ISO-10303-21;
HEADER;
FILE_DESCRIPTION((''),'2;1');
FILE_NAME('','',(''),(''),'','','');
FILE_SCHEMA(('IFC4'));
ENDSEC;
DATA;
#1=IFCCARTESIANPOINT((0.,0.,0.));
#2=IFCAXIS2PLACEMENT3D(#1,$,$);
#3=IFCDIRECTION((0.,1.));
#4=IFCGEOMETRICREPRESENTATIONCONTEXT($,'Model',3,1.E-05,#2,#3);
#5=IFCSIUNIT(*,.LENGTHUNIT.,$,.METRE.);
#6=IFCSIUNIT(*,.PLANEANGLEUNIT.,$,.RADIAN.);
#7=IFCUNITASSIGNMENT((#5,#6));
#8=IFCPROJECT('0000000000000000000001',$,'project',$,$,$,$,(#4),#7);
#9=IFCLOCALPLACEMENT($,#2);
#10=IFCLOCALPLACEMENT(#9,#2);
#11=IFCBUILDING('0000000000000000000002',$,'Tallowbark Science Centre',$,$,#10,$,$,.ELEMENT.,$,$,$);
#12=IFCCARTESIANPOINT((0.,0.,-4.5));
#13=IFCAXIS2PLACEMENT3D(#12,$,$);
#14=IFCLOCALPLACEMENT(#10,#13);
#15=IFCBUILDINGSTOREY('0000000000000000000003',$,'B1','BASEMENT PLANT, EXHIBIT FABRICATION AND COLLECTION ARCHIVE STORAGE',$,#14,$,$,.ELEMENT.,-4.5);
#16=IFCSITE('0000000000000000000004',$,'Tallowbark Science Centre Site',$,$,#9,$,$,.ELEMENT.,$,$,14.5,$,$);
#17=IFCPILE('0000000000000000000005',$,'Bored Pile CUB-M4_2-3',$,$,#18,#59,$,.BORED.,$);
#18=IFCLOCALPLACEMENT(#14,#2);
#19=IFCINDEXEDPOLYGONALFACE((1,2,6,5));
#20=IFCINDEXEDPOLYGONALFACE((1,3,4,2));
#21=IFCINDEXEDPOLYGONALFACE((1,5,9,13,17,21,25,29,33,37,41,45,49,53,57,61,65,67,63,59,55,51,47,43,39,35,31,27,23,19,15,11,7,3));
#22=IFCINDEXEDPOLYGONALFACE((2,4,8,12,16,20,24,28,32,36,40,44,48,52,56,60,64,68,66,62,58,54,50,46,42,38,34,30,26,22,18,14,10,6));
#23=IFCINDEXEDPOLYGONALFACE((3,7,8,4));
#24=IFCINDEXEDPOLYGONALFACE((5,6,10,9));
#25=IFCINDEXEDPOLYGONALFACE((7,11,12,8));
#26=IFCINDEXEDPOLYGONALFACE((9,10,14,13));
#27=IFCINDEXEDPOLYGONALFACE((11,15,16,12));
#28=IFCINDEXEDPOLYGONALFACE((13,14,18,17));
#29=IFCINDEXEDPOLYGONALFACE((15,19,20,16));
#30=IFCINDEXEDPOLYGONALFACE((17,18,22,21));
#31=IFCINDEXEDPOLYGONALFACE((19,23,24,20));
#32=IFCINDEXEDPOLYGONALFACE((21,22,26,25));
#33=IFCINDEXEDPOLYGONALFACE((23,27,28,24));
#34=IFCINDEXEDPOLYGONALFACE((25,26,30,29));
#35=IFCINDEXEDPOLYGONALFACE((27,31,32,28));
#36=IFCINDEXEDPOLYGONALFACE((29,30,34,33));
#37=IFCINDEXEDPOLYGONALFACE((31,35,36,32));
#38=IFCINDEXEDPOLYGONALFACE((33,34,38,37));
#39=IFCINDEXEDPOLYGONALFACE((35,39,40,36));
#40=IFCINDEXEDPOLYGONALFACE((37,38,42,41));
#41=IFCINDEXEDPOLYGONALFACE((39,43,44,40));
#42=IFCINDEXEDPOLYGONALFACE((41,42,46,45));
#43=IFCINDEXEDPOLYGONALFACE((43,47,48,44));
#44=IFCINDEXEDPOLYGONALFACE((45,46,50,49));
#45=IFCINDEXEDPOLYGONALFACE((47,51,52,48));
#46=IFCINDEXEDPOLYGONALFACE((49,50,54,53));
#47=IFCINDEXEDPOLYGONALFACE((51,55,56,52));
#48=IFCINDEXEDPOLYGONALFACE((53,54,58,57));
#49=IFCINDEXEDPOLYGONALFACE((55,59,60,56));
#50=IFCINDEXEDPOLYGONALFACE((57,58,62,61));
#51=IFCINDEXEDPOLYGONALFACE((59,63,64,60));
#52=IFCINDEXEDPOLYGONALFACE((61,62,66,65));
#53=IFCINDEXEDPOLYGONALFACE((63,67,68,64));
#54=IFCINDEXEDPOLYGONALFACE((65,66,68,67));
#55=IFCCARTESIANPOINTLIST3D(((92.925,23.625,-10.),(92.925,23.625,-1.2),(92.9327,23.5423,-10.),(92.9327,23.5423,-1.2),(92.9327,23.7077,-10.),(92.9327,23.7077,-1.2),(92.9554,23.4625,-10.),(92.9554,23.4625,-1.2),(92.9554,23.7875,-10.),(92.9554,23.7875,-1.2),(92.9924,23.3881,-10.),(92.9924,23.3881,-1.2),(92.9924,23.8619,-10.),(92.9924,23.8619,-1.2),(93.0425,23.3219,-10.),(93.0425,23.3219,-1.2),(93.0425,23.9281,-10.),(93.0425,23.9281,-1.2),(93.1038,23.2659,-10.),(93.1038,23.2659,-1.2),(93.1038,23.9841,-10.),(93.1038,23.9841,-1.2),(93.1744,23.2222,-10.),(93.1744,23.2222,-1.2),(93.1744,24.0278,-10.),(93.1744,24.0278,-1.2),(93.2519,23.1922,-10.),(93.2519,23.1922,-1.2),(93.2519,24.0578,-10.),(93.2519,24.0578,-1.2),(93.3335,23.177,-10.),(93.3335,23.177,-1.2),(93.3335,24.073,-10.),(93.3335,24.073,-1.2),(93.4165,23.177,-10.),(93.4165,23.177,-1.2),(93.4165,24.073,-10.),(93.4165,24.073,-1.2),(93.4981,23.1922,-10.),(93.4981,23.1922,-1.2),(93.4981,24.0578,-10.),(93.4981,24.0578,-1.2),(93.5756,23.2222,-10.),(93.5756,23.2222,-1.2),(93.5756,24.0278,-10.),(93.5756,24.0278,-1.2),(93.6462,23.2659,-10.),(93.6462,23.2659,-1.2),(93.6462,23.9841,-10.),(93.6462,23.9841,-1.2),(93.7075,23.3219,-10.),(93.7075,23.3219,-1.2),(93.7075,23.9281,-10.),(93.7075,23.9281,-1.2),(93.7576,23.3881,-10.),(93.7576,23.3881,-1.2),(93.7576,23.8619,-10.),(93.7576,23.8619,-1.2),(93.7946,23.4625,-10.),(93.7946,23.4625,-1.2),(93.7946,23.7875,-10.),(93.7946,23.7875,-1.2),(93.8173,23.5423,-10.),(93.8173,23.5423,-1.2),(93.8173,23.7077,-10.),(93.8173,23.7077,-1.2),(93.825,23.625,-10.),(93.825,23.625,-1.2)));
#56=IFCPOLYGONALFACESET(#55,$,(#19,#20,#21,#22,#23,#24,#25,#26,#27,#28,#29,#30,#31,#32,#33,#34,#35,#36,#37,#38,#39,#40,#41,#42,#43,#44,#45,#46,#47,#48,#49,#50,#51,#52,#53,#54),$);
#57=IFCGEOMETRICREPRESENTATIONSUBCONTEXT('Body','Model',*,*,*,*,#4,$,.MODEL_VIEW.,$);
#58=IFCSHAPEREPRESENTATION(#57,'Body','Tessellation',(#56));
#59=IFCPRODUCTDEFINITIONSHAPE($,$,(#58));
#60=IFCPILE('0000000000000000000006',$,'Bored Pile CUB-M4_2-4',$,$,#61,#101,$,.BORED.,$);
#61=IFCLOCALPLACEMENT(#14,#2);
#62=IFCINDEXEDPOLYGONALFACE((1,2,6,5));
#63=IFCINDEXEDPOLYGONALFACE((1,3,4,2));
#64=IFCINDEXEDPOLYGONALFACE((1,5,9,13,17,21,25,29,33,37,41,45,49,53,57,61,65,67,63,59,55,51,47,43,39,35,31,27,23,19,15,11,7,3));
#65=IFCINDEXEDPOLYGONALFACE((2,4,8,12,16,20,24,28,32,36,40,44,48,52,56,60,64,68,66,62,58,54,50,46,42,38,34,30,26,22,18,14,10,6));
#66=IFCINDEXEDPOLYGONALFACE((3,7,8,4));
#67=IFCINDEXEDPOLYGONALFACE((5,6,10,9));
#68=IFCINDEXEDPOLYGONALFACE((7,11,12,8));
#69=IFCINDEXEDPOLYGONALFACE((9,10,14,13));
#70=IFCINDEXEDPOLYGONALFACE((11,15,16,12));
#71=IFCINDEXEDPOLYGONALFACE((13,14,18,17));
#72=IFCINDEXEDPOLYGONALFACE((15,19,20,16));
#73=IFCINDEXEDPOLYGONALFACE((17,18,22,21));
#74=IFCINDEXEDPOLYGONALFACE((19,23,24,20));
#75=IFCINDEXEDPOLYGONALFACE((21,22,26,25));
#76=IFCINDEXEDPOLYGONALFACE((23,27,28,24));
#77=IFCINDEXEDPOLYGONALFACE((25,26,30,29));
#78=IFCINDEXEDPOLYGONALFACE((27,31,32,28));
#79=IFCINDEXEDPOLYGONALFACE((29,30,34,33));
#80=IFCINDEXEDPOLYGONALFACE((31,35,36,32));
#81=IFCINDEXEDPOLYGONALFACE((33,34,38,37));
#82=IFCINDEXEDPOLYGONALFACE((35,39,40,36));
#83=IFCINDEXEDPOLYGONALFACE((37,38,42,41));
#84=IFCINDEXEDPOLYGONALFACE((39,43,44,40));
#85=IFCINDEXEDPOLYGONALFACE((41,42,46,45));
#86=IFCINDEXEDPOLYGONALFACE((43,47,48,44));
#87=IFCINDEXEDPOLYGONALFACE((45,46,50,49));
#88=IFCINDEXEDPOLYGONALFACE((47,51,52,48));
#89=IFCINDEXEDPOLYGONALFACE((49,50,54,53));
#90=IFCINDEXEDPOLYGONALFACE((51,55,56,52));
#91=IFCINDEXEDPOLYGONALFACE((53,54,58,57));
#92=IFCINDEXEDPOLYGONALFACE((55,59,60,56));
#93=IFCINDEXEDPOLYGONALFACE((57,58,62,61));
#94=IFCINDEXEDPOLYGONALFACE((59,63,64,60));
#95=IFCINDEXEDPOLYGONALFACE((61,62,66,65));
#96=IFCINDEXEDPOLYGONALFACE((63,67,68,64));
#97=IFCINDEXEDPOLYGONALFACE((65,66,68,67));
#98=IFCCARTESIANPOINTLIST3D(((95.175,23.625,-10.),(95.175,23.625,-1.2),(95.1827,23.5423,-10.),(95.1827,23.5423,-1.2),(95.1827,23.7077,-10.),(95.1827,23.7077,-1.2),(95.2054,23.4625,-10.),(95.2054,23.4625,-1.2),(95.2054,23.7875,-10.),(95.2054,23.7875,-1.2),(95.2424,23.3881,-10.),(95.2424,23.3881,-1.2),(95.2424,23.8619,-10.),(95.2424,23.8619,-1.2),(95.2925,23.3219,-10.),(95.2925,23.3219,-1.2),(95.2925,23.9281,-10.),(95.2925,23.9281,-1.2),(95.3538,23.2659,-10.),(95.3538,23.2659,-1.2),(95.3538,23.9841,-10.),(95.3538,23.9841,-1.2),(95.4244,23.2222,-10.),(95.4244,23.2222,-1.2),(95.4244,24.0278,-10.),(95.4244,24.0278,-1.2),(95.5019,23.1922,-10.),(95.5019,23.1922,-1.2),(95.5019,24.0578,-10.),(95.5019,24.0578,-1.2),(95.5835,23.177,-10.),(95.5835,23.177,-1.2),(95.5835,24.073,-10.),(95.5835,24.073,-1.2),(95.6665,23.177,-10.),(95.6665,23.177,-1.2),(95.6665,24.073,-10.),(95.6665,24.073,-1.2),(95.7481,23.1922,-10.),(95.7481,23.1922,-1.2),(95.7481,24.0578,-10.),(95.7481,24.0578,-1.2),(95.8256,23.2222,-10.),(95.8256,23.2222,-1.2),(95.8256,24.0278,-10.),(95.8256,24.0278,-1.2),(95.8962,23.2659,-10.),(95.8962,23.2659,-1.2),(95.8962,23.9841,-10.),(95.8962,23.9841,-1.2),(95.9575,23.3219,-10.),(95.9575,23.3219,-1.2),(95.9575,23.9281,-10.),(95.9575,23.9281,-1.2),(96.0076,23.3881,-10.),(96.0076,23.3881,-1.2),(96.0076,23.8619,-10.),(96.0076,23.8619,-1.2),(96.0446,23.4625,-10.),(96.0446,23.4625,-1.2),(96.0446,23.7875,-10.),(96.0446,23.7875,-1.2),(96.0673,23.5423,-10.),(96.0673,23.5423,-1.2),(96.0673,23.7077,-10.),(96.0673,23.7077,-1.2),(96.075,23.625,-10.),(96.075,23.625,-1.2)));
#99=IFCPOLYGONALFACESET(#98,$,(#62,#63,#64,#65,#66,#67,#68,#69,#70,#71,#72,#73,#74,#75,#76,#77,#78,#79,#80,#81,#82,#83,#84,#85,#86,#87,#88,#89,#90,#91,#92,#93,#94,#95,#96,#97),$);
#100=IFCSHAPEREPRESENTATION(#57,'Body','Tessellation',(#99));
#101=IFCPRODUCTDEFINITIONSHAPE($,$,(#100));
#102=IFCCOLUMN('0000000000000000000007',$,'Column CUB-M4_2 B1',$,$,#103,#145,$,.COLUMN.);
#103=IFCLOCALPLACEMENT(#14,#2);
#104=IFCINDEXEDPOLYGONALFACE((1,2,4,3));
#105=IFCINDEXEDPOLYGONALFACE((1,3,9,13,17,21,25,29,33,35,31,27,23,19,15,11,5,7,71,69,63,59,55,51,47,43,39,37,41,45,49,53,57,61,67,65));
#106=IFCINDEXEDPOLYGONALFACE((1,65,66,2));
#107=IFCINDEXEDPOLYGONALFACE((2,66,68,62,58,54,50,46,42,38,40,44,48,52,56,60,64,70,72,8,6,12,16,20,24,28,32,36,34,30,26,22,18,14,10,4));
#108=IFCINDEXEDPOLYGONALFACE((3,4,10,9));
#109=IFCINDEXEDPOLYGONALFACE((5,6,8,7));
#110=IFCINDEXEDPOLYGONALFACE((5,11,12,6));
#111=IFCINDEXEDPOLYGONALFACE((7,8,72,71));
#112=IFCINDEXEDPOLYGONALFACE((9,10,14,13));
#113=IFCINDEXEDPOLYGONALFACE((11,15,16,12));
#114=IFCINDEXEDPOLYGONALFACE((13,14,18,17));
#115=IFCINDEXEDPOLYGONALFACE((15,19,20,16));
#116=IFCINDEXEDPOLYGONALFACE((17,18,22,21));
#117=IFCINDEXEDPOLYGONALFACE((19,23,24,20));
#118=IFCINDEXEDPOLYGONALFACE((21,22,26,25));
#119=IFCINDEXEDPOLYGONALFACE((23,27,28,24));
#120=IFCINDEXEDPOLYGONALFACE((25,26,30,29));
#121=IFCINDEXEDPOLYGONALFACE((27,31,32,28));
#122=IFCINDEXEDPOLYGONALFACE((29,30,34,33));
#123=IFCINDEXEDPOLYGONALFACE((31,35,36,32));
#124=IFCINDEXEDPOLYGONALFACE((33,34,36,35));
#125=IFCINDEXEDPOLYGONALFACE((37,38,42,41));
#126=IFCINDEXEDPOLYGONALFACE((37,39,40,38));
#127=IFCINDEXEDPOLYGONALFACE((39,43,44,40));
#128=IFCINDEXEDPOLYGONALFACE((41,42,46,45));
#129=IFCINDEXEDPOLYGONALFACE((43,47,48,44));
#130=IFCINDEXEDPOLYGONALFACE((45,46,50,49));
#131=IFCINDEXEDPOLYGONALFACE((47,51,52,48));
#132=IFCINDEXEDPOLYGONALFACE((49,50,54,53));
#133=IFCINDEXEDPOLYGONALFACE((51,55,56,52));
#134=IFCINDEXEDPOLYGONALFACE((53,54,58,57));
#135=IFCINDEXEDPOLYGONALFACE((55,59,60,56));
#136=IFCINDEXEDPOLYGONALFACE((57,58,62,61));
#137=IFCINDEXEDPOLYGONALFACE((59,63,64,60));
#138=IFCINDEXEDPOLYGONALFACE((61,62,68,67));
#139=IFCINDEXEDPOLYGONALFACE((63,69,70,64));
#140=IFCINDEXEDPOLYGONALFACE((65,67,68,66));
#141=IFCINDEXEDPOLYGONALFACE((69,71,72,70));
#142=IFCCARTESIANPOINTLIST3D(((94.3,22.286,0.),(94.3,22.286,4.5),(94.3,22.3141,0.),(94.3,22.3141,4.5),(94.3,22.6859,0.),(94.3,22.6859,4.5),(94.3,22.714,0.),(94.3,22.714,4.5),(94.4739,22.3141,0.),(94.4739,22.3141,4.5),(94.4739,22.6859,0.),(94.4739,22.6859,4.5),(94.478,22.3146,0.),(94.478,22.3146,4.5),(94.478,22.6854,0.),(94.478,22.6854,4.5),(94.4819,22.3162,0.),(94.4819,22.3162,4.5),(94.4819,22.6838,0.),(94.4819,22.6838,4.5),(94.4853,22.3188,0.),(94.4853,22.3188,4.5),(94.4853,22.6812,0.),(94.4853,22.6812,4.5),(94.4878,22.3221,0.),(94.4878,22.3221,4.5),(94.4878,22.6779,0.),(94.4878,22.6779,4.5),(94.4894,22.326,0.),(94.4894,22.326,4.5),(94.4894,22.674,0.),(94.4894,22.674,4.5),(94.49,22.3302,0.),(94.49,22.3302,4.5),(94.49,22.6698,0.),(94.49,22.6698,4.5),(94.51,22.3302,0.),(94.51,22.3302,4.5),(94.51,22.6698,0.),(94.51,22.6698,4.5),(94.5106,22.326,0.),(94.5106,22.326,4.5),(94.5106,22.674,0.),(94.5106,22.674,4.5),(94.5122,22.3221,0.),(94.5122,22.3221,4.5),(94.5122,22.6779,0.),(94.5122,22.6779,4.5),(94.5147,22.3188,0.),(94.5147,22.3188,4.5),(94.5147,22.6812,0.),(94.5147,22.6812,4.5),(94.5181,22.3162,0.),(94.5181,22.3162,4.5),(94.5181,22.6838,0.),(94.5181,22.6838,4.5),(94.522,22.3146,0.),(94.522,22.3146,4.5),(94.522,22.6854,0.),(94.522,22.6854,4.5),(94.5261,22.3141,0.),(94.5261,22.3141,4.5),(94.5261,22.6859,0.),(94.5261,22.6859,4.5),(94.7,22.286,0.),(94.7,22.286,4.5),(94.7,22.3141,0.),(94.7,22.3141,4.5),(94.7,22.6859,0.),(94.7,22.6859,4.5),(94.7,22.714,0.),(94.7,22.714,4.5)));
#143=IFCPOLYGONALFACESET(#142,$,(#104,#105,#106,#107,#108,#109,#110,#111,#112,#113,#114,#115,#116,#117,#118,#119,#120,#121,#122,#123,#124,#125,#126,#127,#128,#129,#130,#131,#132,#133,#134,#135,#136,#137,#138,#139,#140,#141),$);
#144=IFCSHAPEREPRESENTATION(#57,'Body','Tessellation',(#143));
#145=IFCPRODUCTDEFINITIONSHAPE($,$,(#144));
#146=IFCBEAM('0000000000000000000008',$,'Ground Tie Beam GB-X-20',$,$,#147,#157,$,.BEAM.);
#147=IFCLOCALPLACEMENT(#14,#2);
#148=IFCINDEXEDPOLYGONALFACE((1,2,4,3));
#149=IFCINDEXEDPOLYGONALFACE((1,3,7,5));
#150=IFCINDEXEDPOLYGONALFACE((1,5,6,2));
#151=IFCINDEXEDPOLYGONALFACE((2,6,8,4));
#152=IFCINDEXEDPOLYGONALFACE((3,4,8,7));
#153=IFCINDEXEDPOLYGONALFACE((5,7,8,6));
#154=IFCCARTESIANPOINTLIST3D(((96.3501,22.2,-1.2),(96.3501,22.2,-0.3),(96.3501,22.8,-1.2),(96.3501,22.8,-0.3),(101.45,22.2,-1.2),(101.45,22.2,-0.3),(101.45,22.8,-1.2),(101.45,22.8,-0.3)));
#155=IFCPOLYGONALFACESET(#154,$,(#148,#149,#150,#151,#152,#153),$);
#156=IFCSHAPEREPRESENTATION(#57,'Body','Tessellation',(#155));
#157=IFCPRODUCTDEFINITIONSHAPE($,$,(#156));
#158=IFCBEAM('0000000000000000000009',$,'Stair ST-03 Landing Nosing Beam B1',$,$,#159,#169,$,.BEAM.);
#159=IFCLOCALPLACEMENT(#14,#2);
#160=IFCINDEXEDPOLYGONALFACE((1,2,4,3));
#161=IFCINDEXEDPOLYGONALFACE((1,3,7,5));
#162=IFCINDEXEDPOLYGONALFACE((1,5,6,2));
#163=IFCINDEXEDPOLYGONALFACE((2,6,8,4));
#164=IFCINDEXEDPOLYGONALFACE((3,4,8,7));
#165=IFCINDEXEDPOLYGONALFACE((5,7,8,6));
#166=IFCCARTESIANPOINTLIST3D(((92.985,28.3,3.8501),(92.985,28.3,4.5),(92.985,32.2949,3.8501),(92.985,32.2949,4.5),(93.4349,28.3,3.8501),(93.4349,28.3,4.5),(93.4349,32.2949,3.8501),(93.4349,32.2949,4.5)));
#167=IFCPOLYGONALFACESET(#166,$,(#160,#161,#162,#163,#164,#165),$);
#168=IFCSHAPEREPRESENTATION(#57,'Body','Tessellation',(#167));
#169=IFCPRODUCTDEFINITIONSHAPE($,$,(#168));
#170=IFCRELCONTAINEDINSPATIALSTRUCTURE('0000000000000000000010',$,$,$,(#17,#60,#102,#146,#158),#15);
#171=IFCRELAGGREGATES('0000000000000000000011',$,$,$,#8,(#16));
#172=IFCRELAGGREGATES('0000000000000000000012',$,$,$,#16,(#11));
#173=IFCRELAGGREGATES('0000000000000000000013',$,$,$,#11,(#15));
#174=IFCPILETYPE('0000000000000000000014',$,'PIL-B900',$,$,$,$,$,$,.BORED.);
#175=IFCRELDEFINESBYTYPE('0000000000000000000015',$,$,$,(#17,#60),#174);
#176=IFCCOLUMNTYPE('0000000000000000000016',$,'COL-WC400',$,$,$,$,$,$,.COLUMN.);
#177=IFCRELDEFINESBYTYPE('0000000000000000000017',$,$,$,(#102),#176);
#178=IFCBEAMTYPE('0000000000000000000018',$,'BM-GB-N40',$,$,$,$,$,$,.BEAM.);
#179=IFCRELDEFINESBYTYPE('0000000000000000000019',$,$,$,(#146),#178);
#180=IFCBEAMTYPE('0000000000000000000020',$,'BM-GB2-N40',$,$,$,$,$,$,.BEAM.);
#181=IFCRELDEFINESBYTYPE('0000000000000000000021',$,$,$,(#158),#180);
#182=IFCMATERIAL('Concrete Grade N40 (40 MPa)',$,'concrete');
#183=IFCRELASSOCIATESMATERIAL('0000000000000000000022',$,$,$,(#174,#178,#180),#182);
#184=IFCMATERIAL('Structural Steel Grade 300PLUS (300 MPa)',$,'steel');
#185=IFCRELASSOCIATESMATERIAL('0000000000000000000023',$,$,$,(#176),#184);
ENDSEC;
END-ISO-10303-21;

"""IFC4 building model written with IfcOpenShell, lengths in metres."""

from ifc_helpers import new_model, si_unit, direction, frame, origin, origin_2d, place, context, subcontext, project, spatial, rectangle, circle, i_section, extrude, material, material_profile, profile_set, type_object, element, save


model = new_model("IFC4")

# Units and contexts
model_context = context("Model", 3, precision=1e-05, world=origin(), true_north=direction((0.0, 1.0)))
body_context = subcontext(model_context, "Body", "Model", "MODEL_VIEW")
ifc_project = project(units=[si_unit("LENGTHUNIT", "METRE"), si_unit("PLANEANGLEUNIT", "RADIAN")], contexts=[model_context])

# Site, building, storey
site_placement = place(None, origin())
site = spatial("IfcSite", under=ifc_project, at=site_placement, Name="Tallowbark Science Centre Site", CompositionType="ELEMENT", RefElevation=14.5)
building_placement = place(site_placement, origin())
building = spatial("IfcBuilding", under=site, at=building_placement, Name="Tallowbark Science Centre", CompositionType="ELEMENT")
storey_placement = place(building_placement, frame((0.0, 0.0, -4.5)))
storey = spatial("IfcBuildingStorey", under=building, at=storey_placement, Name="B1", Description="BASEMENT PLANT, EXHIBIT FABRICATION AND COLLECTION ARCHIVE STORAGE", CompositionType="ELEMENT", Elevation=-4.5)

# Shared definitions
ifc_material_1 = material(Name="Concrete Grade N40 (40 MPa)", Category="concrete")

# Piles
ifc_material_profile_1 = material_profile(ifc_material_1, circle(Radius=0.45, at=origin_2d()), Name="PILE900")
ifc_profile_set_1 = profile_set([ifc_material_profile_1], Name="Concrete Grade N40 (40 MPa)")
pile_type_1 = type_object("IfcPileType", Name="PIL-B900", PredefinedType="BORED", material=ifc_profile_set_1)
for number, where, z_axis, x_axis, name in (
    (1, (93.375, 23.625, -1.2), (0.0, 0.0, -1.0), (1.0, 0.0, 0.0), "Bored Pile CUB-M4_2-3"),
    (2, (95.625, 23.625, -1.2), (0.0, 0.0, -1.0), (1.0, 0.0, 0.0), "Bored Pile CUB-M4_2-4"),
):
    element("IfcPile", number, at=place(storey_placement, frame(where, z_axis=z_axis, x_axis=x_axis)), inside=storey, type_object=pile_type_1, Name=name, PredefinedType="BORED", context=body_context, shape_type="SweptSolid", body=[
        extrude(circle(Radius=0.45, at=origin_2d()), origin(), (0.0, 0.0, 1.0), 8.8),
    ])

# Column
ifc_material_2 = material(Name="Structural Steel Grade 300PLUS (300 MPa)", Category="steel")
ifc_material_profile_2 = material_profile(ifc_material_2, i_section(OverallWidth=0.3999, OverallDepth=0.428, WebThickness=0.02, FlangeThickness=0.0281, FilletRadius=0.0161, at=origin_2d()), Name="400WC270")
ifc_profile_set_2 = profile_set([ifc_material_profile_2], Name="Structural Steel Grade 300PLUS (300 MPa)")
column_type = type_object("IfcColumnType", Name="COL-WC400", PredefinedType="COLUMN", material=ifc_profile_set_2)
column_placement = place(storey_placement, frame((94.5, 22.5, 0.0), z_axis=(0.0, 0.0, 1.0), x_axis=(1.0, 0.0, 0.0)))
element("IfcColumn", 3, at=column_placement, inside=storey, type_object=column_type, Name="Column CUB-M4_2 B1", PredefinedType="COLUMN", context=body_context, shape_type="SweptSolid", body=[
    extrude(i_section(OverallWidth=0.3999, OverallDepth=0.428, WebThickness=0.02, FlangeThickness=0.0281, FilletRadius=0.0161, at=origin_2d()), origin(), (0.0, 0.0, 1.0), 4.5),
])

# Beams
ifc_material_profile_3 = material_profile(ifc_material_1, rectangle(XDim=0.6001, YDim=0.8999, at=origin_2d()), Name="RC600x900")
ifc_profile_set_3 = profile_set([ifc_material_profile_3], Name="Concrete Grade N40 (40 MPa)")
beam_type_1 = type_object("IfcBeamType", Name="BM-GB-N40", PredefinedType="BEAM", material=ifc_profile_set_3)
beam_1_placement = place(storey_placement, frame((96.3501, 22.5, -0.75), z_axis=(1.0, 0.0, 0.0), x_axis=(0.0, 1.0, 0.0)))
element("IfcBeam", 4, at=beam_1_placement, inside=storey, type_object=beam_type_1, Name="Ground Tie Beam GB-X-20", PredefinedType="BEAM", context=body_context, shape_type="SweptSolid", body=[
    extrude(rectangle(XDim=0.6001, YDim=0.8999, at=origin_2d()), origin(), (0.0, 0.0, 1.0), 5.0999),
])
ifc_material_profile_4 = material_profile(ifc_material_1, rectangle(XDim=0.45, YDim=0.6499, at=origin_2d()), Name="RC450x650")
ifc_profile_set_4 = profile_set([ifc_material_profile_4], Name="Concrete Grade N40 (40 MPa)")
beam_type_2 = type_object("IfcBeamType", Name="BM-GB2-N40", PredefinedType="BEAM", material=ifc_profile_set_4)
beam_2_placement = place(storey_placement, frame((93.21, 28.3, 4.175), z_axis=(0.0, 1.0, 0.0), x_axis=(-1.0, 0.0, 0.0)))
element("IfcBeam", 5, at=beam_2_placement, inside=storey, type_object=beam_type_2, Name="Stair ST-03 Landing Nosing Beam B1", PredefinedType="BEAM", context=body_context, shape_type="SweptSolid", body=[
    extrude(rectangle(XDim=0.45, YDim=0.6499, at=origin_2d()), origin(), (0.0, 0.0, 1.0), 3.9949),
])

save(model, "model.ifc")
